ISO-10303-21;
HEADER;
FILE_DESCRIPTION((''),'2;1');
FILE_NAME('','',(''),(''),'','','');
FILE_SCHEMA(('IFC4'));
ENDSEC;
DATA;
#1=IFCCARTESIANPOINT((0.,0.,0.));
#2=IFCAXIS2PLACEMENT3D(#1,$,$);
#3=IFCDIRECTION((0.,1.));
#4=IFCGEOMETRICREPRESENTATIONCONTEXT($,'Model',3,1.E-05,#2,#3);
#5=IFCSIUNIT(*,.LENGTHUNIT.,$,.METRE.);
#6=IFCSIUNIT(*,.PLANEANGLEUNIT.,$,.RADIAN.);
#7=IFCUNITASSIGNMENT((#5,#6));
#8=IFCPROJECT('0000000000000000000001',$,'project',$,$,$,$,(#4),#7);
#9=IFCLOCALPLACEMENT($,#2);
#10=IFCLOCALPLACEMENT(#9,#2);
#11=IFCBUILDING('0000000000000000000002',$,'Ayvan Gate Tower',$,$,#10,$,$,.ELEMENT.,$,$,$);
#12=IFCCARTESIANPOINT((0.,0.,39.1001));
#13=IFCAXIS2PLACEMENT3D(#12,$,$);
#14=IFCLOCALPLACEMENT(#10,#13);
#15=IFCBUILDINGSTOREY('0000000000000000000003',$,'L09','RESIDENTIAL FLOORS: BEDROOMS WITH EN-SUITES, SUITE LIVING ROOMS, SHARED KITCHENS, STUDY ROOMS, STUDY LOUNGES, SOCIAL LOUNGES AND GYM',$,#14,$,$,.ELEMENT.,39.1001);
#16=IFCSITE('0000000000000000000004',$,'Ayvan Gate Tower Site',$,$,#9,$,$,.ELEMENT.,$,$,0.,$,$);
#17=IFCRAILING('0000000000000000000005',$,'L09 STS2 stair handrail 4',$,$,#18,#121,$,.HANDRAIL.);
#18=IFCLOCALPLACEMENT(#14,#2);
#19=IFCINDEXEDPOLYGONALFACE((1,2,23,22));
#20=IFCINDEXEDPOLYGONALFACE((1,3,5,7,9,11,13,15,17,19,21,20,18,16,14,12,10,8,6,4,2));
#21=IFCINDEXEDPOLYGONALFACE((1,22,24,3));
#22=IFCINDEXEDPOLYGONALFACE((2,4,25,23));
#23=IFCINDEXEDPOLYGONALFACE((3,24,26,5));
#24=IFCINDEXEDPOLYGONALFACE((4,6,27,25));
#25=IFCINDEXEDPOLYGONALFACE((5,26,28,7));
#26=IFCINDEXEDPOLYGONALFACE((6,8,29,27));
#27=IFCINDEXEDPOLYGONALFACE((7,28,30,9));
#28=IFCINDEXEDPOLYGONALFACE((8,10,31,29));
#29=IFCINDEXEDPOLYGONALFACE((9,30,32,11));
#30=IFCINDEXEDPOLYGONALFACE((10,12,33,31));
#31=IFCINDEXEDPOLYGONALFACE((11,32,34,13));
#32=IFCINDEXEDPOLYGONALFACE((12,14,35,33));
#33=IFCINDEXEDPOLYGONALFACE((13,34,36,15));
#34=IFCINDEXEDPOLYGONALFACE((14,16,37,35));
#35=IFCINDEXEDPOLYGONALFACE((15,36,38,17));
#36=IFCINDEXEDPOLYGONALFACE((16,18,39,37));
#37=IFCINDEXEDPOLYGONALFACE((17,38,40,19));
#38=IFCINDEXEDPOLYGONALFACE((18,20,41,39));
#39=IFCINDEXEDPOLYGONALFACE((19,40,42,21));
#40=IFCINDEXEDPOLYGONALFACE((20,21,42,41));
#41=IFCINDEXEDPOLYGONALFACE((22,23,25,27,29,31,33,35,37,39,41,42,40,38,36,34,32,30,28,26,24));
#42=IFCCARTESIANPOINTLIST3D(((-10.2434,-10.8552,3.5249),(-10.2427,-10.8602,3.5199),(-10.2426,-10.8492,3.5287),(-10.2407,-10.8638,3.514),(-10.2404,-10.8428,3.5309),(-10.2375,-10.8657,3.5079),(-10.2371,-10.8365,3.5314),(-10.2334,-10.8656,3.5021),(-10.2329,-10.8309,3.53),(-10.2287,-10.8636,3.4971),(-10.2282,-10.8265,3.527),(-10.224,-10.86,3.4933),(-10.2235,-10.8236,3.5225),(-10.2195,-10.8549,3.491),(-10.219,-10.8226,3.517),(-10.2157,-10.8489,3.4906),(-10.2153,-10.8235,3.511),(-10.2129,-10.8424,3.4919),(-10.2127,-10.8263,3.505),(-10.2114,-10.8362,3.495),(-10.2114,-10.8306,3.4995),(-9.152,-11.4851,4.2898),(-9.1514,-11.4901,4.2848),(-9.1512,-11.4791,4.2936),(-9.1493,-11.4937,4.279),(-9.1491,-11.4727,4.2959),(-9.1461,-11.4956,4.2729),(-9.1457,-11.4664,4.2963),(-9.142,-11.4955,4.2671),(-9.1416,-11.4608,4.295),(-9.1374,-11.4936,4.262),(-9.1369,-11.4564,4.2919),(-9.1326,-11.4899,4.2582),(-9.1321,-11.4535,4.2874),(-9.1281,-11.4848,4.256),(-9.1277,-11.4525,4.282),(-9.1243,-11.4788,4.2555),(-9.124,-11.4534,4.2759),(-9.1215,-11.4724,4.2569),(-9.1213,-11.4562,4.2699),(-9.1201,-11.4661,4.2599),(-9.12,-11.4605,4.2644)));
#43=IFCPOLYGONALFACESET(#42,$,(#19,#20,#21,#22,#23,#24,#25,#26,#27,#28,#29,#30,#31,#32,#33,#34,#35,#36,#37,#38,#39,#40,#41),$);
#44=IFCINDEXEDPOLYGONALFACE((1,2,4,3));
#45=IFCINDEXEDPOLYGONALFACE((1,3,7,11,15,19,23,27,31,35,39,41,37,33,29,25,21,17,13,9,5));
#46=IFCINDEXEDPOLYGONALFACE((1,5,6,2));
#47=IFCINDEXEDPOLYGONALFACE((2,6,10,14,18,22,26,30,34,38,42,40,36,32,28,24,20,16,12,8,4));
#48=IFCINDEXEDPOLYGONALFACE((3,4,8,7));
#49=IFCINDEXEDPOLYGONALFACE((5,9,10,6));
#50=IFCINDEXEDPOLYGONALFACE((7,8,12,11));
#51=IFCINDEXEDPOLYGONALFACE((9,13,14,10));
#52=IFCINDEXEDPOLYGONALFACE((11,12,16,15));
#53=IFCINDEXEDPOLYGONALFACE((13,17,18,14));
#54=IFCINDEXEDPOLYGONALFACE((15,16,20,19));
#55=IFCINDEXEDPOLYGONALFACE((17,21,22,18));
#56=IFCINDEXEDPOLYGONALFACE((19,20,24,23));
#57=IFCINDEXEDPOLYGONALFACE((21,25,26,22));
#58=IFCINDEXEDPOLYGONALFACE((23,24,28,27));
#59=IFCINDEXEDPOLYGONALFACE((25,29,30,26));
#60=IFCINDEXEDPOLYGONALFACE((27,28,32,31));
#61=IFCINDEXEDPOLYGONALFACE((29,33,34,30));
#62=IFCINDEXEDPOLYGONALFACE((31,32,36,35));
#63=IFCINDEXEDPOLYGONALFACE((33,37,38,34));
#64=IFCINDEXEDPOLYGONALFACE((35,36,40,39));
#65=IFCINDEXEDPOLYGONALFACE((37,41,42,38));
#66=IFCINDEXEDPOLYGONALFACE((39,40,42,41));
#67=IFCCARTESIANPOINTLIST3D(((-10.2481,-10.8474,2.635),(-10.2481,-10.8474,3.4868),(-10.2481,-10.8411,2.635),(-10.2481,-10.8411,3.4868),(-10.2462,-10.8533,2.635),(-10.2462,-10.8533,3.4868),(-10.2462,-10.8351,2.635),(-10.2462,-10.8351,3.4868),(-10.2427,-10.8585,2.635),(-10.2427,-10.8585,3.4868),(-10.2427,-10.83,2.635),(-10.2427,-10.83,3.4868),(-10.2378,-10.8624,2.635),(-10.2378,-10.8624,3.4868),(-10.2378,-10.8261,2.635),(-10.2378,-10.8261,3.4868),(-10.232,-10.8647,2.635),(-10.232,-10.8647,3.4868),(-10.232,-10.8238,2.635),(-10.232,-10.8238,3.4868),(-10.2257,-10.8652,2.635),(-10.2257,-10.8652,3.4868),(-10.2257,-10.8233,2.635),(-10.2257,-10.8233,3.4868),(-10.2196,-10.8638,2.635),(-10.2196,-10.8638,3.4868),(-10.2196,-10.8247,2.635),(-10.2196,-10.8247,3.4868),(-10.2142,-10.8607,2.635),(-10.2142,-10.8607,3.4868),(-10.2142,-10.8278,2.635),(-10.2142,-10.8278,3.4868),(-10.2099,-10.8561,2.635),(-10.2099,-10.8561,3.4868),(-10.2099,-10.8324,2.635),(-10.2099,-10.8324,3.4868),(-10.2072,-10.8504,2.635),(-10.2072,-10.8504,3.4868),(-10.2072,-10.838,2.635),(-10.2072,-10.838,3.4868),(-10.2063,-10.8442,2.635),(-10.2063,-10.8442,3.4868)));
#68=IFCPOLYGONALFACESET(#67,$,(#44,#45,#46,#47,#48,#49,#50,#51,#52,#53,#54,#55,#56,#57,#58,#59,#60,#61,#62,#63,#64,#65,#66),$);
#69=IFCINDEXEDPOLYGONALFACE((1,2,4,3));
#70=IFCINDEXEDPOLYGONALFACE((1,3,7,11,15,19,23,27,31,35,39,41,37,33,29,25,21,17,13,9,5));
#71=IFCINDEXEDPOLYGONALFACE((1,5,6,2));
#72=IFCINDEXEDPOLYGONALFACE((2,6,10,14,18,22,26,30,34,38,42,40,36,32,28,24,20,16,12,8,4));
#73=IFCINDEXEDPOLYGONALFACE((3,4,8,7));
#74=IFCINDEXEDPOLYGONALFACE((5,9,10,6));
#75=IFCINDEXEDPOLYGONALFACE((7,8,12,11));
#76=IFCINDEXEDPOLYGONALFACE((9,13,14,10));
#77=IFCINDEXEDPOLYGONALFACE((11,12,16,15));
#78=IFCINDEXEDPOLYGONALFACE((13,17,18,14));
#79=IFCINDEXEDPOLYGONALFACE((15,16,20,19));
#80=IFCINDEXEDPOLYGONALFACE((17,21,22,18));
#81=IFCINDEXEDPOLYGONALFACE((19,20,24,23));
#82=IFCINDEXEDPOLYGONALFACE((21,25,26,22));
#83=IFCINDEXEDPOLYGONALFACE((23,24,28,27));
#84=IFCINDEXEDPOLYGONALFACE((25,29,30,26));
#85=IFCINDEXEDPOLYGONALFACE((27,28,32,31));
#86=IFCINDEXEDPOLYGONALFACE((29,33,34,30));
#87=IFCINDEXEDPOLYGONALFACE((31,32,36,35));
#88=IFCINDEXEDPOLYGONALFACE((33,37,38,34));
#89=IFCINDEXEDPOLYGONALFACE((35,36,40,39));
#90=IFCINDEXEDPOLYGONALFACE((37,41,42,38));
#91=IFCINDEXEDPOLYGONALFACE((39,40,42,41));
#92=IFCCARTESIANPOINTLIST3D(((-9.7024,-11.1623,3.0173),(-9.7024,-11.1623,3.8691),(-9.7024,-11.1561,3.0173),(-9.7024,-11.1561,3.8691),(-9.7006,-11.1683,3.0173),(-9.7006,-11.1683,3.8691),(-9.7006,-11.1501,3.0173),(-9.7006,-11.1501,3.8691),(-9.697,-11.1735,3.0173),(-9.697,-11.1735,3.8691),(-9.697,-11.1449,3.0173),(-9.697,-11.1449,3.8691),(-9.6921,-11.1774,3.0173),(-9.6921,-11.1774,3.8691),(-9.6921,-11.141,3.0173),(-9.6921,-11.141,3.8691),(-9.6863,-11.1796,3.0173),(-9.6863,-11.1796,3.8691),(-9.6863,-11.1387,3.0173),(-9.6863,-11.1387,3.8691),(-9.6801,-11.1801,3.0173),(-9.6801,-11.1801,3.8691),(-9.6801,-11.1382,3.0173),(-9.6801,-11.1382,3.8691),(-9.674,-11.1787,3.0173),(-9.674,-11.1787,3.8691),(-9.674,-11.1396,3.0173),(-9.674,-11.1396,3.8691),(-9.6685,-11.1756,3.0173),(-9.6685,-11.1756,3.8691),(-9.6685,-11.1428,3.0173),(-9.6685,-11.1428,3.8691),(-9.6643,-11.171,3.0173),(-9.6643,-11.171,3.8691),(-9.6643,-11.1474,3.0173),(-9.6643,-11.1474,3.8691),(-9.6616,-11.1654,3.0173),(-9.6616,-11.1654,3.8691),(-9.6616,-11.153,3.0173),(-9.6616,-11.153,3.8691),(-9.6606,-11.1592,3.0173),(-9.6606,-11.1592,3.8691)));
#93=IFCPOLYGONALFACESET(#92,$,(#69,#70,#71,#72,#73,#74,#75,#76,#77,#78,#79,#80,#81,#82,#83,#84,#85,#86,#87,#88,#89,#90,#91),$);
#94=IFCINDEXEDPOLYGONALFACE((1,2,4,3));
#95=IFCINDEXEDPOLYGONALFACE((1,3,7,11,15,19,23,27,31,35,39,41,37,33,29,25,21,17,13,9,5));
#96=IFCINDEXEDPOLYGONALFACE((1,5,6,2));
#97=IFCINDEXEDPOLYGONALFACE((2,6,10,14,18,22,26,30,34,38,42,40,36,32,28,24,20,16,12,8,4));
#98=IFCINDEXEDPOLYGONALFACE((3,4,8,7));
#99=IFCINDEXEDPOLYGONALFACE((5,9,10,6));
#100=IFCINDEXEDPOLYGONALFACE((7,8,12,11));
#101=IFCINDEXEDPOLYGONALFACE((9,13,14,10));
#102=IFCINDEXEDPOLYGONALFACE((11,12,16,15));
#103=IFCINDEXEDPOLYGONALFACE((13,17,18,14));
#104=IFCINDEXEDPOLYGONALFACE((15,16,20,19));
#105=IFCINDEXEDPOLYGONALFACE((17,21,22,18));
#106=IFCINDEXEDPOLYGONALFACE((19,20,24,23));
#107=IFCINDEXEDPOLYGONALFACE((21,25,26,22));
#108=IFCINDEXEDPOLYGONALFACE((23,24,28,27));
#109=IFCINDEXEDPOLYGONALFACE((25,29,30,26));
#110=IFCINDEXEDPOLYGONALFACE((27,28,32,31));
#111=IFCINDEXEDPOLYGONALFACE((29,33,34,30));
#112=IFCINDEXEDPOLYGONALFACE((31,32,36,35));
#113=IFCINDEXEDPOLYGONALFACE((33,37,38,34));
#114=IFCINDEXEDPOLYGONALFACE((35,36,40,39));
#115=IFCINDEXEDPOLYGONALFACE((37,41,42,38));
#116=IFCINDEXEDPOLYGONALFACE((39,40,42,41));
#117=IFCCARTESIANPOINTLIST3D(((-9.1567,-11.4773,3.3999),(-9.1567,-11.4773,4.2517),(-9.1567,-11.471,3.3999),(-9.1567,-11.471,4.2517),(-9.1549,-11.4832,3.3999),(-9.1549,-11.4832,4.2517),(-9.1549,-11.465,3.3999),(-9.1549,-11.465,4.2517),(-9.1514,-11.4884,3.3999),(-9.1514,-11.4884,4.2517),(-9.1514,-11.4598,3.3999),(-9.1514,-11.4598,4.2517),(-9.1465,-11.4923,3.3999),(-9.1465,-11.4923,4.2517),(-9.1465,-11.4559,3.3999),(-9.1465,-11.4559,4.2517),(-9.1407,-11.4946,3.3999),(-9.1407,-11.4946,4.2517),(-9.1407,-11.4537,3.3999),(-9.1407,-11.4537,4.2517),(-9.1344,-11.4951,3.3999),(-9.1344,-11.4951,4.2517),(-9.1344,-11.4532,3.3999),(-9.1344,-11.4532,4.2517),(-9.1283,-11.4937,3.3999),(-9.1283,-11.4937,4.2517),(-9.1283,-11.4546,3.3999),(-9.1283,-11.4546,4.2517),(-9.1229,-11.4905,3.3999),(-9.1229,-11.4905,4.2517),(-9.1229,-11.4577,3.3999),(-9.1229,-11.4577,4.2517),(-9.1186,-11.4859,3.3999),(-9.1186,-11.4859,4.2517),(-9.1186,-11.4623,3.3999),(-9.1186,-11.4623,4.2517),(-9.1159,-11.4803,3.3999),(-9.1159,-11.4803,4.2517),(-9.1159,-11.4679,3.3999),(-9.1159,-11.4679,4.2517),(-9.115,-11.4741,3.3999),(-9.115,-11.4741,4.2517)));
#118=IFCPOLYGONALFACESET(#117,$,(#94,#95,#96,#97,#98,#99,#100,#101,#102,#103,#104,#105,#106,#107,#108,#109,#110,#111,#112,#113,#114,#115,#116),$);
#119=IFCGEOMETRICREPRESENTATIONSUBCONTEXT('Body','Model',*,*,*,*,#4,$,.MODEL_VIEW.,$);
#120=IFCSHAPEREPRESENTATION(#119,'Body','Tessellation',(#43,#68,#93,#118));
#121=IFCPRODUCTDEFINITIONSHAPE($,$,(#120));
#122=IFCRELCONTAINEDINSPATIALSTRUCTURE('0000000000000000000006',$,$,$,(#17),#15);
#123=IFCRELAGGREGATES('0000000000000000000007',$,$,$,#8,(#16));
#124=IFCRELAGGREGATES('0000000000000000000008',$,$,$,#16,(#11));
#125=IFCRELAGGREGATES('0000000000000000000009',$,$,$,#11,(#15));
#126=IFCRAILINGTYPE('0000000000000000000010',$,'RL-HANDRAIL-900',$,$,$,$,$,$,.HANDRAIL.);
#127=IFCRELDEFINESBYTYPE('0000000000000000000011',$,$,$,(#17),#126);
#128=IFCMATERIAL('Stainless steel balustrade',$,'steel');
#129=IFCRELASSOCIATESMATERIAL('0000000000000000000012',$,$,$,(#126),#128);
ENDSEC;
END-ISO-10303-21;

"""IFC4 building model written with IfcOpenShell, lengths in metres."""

from ifc_helpers import new_model, si_unit, direction, frame, origin, origin_2d, place, context, subcontext, project, spatial, circle, extrude, material, type_object, element, save


model = new_model("IFC4")

# Units and contexts
model_context = context("Model", 3, precision=1e-05, world=origin(), true_north=direction((0.0, 1.0)))
body_context = subcontext(model_context, "Body", "Model", "MODEL_VIEW")
ifc_project = project(units=[si_unit("LENGTHUNIT", "METRE"), si_unit("PLANEANGLEUNIT", "RADIAN")], contexts=[model_context])

# Site, building, storey
site_placement = place(None, origin())
site = spatial("IfcSite", under=ifc_project, at=site_placement, Name="Ayvan Gate Tower Site", CompositionType="ELEMENT", RefElevation=0.0)
building_placement = place(site_placement, origin())
building = spatial("IfcBuilding", under=site, at=building_placement, Name="Ayvan Gate Tower", CompositionType="ELEMENT")
storey_placement = place(building_placement, frame((0.0, 0.0, 39.1001)))
storey = spatial("IfcBuildingStorey", under=building, at=storey_placement, Name="L09", Description="RESIDENTIAL FLOORS: BEDROOMS WITH EN-SUITES, SUITE LIVING ROOMS, SHARED KITCHENS, STUDY ROOMS, STUDY LOUNGES, SOCIAL LOUNGES AND GYM", CompositionType="ELEMENT", Elevation=39.1001)

# Railing
ifc_material_1 = material(Name="Stainless steel balustrade", Category="steel")
railing_type_1 = type_object("IfcRailingType", Name="RL-HANDRAIL-900", PredefinedType="HANDRAIL", material=ifc_material_1)
railing_1_placement = place(storey_placement, frame((-10.2273, -10.8442, 2.635)))
element("IfcRailing", 1, at=railing_1_placement, inside=storey, type_object=railing_type_1, Name="L09 STS2 stair handrail 4", PredefinedType="HANDRAIL", context=body_context, shape_type="SweptSolid", body=[
    extrude(circle(Radius=0.0239, at=origin_2d()), frame((0.0, 0.0, 0.876), z_axis=(0.740357, -0.42732, 0.518912), x_axis=(0.49989, 0.866089, 0.0)), (0.0, 0.0, 1.0), 1.4741),
    extrude(circle(Radius=0.021, at=origin_2d()), origin(), (0.0, 0.0, 1.0), 0.8518),
    extrude(circle(Radius=0.021, at=origin_2d()), frame((0.5457, -0.3149, 0.3823)), (0.0, 0.0, 1.0), 0.8518),
    extrude(circle(Radius=0.021, at=origin_2d()), frame((1.0913, -0.6299, 0.7649)), (0.0, 0.0, 1.0), 0.8518),
])

save(model, "model.ifc")
